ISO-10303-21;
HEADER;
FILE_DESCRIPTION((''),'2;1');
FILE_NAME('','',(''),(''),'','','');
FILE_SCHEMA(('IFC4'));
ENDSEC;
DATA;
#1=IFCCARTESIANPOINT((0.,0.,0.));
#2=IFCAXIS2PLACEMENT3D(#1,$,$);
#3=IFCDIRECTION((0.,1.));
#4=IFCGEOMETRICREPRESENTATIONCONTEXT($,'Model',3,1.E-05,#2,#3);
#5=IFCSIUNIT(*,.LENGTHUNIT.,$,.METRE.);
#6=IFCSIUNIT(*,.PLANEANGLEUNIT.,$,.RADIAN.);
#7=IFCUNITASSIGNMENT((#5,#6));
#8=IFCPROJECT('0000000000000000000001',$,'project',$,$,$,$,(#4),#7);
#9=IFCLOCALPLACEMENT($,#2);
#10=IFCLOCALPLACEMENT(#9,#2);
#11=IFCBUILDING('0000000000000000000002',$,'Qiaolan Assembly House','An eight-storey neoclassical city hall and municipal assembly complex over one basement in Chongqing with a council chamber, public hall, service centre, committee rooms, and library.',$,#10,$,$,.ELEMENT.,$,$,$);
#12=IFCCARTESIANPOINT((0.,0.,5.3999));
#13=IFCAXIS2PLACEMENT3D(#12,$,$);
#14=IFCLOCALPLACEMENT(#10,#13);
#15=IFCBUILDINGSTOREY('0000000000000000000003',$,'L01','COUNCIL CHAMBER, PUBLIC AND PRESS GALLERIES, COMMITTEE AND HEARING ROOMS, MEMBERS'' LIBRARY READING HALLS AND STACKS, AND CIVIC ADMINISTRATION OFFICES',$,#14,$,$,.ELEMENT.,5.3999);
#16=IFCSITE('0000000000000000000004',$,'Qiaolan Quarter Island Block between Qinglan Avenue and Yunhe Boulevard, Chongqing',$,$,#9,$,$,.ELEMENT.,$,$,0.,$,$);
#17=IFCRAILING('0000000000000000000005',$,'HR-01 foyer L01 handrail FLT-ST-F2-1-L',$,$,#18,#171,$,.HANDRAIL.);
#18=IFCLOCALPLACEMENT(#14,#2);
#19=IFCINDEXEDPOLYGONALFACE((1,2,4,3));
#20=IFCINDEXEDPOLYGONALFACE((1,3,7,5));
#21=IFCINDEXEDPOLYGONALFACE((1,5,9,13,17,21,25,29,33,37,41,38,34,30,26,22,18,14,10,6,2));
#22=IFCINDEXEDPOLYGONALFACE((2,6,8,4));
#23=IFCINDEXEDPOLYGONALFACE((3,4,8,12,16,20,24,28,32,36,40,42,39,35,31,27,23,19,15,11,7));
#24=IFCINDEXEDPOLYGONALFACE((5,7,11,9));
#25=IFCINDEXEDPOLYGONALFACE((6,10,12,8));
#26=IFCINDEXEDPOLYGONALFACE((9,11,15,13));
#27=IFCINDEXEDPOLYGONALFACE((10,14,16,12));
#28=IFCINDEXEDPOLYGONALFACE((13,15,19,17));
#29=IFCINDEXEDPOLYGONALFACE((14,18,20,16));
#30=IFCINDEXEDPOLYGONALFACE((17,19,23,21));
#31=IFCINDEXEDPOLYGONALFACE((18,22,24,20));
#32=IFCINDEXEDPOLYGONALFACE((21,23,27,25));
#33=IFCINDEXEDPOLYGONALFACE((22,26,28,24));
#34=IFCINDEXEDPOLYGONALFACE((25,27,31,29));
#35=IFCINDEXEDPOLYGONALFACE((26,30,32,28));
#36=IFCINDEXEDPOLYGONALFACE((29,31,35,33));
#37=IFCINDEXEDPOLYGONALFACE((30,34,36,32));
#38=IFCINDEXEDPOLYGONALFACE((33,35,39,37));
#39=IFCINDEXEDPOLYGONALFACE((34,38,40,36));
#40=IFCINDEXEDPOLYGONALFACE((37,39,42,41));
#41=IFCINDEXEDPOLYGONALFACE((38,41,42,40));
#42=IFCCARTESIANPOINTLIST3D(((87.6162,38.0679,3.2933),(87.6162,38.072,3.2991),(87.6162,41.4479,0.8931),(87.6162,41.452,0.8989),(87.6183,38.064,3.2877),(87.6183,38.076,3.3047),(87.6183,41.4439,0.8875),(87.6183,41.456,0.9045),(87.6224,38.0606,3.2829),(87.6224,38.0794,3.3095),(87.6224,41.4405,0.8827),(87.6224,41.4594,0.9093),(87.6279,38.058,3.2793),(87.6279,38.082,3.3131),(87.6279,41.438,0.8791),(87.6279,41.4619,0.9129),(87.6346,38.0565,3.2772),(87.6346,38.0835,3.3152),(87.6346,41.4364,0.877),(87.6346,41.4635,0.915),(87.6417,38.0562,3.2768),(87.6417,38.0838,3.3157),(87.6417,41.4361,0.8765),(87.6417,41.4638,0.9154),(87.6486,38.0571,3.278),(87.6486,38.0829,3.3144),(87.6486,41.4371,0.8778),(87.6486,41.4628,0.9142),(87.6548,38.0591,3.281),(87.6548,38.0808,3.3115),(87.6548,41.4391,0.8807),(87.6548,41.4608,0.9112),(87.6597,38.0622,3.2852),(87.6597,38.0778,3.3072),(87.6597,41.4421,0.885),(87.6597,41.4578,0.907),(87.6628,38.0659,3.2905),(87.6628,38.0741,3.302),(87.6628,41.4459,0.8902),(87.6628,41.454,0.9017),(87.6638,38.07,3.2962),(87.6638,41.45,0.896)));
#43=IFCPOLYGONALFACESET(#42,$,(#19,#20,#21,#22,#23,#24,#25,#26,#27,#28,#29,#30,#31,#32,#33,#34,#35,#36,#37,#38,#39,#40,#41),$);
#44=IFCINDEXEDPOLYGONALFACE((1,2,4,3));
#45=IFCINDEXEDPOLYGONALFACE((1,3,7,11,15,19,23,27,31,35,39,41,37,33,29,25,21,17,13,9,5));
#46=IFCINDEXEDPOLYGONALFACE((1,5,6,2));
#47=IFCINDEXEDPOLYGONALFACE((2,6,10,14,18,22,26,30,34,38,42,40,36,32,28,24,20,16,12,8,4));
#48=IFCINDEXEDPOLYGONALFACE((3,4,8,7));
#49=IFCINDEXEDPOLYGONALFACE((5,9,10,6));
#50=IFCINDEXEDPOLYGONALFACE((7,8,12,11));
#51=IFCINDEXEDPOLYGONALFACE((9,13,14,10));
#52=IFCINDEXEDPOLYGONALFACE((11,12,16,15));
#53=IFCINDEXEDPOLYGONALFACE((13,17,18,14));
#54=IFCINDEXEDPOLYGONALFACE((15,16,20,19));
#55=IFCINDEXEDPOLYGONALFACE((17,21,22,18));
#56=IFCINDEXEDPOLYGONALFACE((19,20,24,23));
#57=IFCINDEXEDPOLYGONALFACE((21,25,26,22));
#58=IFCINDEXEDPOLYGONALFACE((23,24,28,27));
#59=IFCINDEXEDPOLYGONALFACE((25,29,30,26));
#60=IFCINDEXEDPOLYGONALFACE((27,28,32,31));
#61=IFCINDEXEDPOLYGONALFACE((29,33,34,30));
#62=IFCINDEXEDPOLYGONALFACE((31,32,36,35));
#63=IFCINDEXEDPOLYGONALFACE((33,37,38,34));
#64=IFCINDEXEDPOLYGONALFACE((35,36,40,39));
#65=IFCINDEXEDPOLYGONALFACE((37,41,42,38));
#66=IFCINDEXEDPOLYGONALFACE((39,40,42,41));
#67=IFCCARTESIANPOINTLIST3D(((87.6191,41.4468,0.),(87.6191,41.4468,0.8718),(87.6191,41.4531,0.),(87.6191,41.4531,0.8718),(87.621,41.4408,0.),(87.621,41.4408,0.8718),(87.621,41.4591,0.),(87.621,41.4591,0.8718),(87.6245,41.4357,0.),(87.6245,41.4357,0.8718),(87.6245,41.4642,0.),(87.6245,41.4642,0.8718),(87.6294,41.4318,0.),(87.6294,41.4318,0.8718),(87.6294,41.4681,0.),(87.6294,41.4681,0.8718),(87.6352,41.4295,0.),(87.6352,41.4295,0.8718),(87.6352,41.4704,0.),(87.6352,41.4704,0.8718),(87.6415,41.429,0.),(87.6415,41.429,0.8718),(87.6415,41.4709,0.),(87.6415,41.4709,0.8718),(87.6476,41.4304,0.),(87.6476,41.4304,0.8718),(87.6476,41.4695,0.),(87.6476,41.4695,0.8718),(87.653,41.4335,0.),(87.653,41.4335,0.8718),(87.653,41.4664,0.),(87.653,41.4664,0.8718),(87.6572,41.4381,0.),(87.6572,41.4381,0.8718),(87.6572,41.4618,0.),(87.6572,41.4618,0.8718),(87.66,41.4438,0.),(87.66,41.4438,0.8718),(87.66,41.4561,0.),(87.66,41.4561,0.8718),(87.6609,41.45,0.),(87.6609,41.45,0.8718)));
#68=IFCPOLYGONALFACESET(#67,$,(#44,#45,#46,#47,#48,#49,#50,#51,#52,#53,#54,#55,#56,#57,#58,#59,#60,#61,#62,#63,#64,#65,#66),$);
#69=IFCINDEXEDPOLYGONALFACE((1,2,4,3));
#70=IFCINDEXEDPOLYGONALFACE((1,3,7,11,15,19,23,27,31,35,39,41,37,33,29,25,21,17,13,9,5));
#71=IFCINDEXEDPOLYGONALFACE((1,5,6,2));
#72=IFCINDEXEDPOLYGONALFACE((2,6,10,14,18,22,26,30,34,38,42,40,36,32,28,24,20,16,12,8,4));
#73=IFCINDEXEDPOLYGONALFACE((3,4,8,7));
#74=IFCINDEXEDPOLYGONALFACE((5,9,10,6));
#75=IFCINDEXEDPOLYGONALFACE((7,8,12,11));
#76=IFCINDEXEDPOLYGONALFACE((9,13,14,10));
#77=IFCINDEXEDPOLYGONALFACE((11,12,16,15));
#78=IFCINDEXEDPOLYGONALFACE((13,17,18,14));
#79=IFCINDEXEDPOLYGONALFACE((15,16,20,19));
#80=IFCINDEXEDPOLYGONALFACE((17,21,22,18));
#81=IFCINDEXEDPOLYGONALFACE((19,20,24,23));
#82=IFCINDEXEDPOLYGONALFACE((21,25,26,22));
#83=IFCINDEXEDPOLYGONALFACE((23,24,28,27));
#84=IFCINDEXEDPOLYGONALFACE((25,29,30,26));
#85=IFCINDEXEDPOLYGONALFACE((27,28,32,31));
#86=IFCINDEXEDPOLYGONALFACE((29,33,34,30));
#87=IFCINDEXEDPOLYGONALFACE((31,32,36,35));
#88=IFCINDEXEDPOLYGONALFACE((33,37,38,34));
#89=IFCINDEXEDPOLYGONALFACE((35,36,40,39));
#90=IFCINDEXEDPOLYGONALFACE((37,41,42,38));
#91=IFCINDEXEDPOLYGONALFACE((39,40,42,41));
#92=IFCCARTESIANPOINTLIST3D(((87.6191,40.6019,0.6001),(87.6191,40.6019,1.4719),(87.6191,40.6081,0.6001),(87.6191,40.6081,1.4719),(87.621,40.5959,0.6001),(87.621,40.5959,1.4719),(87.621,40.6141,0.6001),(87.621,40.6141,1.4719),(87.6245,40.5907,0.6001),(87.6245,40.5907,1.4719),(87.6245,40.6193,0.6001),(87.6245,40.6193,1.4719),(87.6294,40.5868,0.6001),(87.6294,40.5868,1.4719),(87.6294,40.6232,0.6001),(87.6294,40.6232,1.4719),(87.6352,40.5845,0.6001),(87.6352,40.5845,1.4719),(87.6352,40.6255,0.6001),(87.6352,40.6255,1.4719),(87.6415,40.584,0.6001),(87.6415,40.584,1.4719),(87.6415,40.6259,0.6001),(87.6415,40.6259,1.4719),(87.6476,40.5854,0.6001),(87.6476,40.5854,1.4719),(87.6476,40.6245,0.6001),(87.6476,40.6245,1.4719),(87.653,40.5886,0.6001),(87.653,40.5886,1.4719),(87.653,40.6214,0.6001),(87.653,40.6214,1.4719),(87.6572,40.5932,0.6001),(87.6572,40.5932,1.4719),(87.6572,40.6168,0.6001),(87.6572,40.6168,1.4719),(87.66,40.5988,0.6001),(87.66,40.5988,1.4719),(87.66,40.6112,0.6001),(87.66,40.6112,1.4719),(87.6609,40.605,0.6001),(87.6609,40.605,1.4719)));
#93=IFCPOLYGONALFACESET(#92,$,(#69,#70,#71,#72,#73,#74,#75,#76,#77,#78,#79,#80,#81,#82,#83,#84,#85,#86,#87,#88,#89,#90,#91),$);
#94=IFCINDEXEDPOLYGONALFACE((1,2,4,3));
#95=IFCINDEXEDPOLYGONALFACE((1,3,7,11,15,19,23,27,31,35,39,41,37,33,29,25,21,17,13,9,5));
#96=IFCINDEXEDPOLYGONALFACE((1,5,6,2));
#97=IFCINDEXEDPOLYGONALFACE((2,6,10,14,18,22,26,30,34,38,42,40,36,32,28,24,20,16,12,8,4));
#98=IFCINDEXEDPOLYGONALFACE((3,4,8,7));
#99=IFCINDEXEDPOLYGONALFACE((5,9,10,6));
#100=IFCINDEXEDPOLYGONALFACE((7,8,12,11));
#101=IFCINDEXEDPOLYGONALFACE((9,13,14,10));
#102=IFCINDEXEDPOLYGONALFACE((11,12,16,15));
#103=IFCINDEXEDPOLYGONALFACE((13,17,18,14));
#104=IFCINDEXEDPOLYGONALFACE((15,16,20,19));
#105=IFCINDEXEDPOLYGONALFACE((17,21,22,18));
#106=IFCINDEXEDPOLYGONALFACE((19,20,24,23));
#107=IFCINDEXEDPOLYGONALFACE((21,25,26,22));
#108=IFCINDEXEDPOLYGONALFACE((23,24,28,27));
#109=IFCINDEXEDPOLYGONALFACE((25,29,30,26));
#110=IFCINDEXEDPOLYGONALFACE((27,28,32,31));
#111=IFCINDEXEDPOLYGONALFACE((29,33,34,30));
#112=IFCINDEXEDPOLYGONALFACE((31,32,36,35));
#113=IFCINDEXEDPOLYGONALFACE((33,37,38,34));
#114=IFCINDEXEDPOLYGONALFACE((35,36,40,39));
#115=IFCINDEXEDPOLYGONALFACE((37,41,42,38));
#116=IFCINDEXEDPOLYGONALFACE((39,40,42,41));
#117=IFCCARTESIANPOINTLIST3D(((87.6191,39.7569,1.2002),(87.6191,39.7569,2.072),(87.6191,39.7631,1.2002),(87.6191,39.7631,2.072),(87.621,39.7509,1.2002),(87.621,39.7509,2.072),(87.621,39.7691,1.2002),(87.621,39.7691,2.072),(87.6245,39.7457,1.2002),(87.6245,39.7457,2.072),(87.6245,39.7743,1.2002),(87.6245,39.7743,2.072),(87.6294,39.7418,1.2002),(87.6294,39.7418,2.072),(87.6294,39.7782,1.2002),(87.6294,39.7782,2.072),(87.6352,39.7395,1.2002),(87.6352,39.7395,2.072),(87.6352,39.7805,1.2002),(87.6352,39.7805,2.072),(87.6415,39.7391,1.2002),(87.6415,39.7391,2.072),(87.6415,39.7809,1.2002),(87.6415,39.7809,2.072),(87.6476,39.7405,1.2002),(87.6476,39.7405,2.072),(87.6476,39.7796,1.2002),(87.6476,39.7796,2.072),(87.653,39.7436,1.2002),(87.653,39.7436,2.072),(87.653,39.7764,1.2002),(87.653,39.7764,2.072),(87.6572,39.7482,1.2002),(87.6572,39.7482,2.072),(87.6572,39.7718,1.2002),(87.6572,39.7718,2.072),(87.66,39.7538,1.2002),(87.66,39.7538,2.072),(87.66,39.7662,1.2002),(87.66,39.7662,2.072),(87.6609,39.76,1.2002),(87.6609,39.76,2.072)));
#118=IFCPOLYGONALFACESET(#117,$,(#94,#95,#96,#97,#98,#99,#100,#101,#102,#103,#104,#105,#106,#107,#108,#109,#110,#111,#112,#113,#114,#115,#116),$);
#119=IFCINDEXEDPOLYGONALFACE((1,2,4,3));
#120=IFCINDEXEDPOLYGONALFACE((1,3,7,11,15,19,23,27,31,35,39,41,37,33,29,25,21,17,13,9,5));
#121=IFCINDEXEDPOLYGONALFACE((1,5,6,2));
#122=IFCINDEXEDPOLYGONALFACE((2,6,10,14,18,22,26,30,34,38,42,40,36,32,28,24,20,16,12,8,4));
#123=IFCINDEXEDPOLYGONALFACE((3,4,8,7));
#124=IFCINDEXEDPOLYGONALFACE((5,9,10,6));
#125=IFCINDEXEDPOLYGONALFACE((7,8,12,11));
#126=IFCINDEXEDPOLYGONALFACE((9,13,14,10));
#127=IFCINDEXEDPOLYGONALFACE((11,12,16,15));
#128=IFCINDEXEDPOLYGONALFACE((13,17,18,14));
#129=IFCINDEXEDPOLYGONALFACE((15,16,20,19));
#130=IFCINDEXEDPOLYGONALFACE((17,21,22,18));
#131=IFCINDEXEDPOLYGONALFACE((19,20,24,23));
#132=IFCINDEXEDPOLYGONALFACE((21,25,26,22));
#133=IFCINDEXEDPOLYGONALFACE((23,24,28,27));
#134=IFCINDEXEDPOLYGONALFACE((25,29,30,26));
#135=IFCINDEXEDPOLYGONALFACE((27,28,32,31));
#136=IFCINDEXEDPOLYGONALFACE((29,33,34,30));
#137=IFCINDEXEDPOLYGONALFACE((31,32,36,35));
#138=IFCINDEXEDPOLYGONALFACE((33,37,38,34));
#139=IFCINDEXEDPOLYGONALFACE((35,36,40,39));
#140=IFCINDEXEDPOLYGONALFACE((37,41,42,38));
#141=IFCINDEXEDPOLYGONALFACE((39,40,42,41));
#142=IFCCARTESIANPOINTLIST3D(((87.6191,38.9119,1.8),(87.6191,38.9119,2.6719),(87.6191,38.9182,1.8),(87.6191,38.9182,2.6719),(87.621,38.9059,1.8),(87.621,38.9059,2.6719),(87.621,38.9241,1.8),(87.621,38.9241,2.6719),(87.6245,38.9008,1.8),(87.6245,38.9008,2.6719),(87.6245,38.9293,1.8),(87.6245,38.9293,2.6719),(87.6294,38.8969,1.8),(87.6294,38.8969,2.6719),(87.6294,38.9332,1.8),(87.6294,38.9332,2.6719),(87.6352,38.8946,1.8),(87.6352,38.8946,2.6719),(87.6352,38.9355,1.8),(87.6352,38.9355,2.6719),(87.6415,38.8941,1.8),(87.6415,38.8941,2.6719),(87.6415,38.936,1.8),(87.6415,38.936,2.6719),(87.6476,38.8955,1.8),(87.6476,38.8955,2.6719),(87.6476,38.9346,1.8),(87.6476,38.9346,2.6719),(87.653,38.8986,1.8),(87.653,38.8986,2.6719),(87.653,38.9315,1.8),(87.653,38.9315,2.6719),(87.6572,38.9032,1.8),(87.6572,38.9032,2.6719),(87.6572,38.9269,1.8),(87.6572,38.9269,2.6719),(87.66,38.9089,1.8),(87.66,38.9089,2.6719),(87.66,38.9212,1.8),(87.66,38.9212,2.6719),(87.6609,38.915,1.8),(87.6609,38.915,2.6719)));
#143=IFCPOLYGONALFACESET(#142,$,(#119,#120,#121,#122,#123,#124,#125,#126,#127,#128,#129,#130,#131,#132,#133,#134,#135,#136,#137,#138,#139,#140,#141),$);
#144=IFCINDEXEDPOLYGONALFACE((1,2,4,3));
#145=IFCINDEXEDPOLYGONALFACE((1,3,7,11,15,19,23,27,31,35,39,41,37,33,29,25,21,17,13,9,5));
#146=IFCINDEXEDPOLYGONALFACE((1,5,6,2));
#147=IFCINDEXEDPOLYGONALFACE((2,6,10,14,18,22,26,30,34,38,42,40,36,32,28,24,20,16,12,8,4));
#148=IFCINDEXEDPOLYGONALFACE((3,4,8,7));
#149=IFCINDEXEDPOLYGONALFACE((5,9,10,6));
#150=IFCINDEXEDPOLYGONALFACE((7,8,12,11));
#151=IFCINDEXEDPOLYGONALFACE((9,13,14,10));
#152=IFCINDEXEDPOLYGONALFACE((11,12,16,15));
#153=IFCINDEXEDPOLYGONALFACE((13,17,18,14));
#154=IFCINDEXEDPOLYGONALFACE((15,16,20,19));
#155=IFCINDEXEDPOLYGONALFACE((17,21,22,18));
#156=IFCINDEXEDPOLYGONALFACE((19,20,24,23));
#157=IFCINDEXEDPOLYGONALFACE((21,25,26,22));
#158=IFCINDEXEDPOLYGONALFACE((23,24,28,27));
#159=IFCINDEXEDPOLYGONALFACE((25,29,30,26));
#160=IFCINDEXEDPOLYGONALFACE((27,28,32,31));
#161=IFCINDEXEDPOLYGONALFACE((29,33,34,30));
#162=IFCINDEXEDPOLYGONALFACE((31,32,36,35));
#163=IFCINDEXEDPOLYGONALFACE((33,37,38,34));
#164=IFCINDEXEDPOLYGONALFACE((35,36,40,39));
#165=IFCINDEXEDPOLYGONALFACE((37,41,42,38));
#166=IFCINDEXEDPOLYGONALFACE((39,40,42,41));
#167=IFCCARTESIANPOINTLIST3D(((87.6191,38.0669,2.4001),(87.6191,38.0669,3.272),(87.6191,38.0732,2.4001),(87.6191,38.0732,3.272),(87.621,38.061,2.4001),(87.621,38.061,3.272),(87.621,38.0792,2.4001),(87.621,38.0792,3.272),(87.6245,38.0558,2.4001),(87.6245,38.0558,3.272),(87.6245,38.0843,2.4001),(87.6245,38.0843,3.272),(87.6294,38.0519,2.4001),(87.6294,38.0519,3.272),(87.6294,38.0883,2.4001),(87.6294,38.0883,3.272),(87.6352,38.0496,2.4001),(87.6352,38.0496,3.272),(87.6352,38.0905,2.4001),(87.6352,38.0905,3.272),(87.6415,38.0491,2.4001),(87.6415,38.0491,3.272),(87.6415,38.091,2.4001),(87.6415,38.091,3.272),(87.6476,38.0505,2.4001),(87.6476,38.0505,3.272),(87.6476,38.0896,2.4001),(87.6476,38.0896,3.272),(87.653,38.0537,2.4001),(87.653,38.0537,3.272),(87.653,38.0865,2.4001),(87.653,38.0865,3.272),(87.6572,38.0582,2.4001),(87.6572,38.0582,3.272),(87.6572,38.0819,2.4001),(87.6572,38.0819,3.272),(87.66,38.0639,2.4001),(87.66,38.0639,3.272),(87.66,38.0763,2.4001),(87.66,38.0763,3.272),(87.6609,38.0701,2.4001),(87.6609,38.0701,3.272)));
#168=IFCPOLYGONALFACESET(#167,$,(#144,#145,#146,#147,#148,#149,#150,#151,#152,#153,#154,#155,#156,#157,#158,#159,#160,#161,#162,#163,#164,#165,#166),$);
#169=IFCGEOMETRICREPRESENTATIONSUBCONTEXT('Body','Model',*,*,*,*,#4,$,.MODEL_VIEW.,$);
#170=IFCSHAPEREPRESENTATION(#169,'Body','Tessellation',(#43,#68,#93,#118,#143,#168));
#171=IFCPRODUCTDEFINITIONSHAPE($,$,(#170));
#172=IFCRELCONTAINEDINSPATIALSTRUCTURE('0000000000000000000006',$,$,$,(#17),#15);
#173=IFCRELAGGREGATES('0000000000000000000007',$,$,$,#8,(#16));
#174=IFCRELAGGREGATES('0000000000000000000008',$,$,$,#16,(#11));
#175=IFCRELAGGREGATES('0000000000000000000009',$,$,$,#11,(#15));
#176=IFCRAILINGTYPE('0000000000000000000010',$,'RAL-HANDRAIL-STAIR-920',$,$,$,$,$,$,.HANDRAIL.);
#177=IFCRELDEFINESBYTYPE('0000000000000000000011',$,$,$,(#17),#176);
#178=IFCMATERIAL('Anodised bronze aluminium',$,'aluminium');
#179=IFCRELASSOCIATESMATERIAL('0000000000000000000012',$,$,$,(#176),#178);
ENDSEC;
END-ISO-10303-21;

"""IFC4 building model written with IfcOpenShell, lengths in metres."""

from ifc_helpers import new_model, si_unit, direction, frame, origin, origin_2d, place, context, subcontext, project, spatial, circle, extrude, material, type_object, element, save


model = new_model("IFC4")

# Units and contexts
model_context = context("Model", 3, precision=1e-05, world=origin(), true_north=direction((0.0, 1.0)))
body_context = subcontext(model_context, "Body", "Model", "MODEL_VIEW")
ifc_project = project(units=[si_unit("LENGTHUNIT", "METRE"), si_unit("PLANEANGLEUNIT", "RADIAN")], contexts=[model_context])

# Site, building, storey
site_placement = place(None, origin())
site = spatial("IfcSite", under=ifc_project, at=site_placement, Name="Qiaolan Quarter Island Block between Qinglan Avenue and Yunhe Boulevard, Chongqing", CompositionType="ELEMENT", RefElevation=0.0)
building_placement = place(site_placement, origin())
building = spatial("IfcBuilding", under=site, at=building_placement, Name="Qiaolan Assembly House", Description="An eight-storey neoclassical city hall and municipal assembly complex over one basement in Chongqing with a council chamber, public hall, service centre, committee rooms, and library.", CompositionType="ELEMENT")
storey_placement = place(building_placement, frame((0.0, 0.0, 5.3999)))
storey = spatial("IfcBuildingStorey", under=building, at=storey_placement, Name="L01", Description="COUNCIL CHAMBER, PUBLIC AND PRESS GALLERIES, COMMITTEE AND HEARING ROOMS, MEMBERS' LIBRARY READING HALLS AND STACKS, AND CIVIC ADMINISTRATION OFFICES", CompositionType="ELEMENT", Elevation=5.3999)

# Shared definitions
ifc_material_1 = material(Name="Anodised bronze aluminium", Category="aluminium")

# Railing
railing_type_1 = type_object("IfcRailingType", Name="RAL-HANDRAIL-STAIR-920", PredefinedType="HANDRAIL", material=ifc_material_1)
railing_placement = place(storey_placement, frame((87.6399, 41.45, 0.0)))
element("IfcRailing", 1, at=railing_placement, inside=storey, type_object=railing_type_1, Name="HR-01 foyer L01 handrail FLT-ST-F2-1-L", PredefinedType="HANDRAIL", context=body_context, shape_type="SweptSolid", body=[
    extrude(circle(Radius=0.0239, at=origin_2d()), frame((0.0, 0.0, 0.896), z_axis=(0.0, -0.815334, 0.578991), x_axis=(1.0, 0.0, 0.0)), (0.0, 0.0, 1.0), 4.1455),
    extrude(circle(Radius=0.021, at=origin_2d()), origin(), (0.0, 0.0, 1.0), 0.8718),
    extrude(circle(Radius=0.021, at=origin_2d()), frame((0.0, -0.845, 0.6001)), (0.0, 0.0, 1.0), 0.8718),
    extrude(circle(Radius=0.021, at=origin_2d()), frame((0.0, -1.6899, 1.2002)), (0.0, 0.0, 1.0), 0.8718),
    extrude(circle(Radius=0.021, at=origin_2d()), frame((0.0, -2.5349, 1.8)), (0.0, 0.0, 1.0), 0.8718),
    extrude(circle(Radius=0.021, at=origin_2d()), frame((0.0, -3.3799, 2.4001)), (0.0, 0.0, 1.0), 0.8718),
])

save(model, "model.ifc")
